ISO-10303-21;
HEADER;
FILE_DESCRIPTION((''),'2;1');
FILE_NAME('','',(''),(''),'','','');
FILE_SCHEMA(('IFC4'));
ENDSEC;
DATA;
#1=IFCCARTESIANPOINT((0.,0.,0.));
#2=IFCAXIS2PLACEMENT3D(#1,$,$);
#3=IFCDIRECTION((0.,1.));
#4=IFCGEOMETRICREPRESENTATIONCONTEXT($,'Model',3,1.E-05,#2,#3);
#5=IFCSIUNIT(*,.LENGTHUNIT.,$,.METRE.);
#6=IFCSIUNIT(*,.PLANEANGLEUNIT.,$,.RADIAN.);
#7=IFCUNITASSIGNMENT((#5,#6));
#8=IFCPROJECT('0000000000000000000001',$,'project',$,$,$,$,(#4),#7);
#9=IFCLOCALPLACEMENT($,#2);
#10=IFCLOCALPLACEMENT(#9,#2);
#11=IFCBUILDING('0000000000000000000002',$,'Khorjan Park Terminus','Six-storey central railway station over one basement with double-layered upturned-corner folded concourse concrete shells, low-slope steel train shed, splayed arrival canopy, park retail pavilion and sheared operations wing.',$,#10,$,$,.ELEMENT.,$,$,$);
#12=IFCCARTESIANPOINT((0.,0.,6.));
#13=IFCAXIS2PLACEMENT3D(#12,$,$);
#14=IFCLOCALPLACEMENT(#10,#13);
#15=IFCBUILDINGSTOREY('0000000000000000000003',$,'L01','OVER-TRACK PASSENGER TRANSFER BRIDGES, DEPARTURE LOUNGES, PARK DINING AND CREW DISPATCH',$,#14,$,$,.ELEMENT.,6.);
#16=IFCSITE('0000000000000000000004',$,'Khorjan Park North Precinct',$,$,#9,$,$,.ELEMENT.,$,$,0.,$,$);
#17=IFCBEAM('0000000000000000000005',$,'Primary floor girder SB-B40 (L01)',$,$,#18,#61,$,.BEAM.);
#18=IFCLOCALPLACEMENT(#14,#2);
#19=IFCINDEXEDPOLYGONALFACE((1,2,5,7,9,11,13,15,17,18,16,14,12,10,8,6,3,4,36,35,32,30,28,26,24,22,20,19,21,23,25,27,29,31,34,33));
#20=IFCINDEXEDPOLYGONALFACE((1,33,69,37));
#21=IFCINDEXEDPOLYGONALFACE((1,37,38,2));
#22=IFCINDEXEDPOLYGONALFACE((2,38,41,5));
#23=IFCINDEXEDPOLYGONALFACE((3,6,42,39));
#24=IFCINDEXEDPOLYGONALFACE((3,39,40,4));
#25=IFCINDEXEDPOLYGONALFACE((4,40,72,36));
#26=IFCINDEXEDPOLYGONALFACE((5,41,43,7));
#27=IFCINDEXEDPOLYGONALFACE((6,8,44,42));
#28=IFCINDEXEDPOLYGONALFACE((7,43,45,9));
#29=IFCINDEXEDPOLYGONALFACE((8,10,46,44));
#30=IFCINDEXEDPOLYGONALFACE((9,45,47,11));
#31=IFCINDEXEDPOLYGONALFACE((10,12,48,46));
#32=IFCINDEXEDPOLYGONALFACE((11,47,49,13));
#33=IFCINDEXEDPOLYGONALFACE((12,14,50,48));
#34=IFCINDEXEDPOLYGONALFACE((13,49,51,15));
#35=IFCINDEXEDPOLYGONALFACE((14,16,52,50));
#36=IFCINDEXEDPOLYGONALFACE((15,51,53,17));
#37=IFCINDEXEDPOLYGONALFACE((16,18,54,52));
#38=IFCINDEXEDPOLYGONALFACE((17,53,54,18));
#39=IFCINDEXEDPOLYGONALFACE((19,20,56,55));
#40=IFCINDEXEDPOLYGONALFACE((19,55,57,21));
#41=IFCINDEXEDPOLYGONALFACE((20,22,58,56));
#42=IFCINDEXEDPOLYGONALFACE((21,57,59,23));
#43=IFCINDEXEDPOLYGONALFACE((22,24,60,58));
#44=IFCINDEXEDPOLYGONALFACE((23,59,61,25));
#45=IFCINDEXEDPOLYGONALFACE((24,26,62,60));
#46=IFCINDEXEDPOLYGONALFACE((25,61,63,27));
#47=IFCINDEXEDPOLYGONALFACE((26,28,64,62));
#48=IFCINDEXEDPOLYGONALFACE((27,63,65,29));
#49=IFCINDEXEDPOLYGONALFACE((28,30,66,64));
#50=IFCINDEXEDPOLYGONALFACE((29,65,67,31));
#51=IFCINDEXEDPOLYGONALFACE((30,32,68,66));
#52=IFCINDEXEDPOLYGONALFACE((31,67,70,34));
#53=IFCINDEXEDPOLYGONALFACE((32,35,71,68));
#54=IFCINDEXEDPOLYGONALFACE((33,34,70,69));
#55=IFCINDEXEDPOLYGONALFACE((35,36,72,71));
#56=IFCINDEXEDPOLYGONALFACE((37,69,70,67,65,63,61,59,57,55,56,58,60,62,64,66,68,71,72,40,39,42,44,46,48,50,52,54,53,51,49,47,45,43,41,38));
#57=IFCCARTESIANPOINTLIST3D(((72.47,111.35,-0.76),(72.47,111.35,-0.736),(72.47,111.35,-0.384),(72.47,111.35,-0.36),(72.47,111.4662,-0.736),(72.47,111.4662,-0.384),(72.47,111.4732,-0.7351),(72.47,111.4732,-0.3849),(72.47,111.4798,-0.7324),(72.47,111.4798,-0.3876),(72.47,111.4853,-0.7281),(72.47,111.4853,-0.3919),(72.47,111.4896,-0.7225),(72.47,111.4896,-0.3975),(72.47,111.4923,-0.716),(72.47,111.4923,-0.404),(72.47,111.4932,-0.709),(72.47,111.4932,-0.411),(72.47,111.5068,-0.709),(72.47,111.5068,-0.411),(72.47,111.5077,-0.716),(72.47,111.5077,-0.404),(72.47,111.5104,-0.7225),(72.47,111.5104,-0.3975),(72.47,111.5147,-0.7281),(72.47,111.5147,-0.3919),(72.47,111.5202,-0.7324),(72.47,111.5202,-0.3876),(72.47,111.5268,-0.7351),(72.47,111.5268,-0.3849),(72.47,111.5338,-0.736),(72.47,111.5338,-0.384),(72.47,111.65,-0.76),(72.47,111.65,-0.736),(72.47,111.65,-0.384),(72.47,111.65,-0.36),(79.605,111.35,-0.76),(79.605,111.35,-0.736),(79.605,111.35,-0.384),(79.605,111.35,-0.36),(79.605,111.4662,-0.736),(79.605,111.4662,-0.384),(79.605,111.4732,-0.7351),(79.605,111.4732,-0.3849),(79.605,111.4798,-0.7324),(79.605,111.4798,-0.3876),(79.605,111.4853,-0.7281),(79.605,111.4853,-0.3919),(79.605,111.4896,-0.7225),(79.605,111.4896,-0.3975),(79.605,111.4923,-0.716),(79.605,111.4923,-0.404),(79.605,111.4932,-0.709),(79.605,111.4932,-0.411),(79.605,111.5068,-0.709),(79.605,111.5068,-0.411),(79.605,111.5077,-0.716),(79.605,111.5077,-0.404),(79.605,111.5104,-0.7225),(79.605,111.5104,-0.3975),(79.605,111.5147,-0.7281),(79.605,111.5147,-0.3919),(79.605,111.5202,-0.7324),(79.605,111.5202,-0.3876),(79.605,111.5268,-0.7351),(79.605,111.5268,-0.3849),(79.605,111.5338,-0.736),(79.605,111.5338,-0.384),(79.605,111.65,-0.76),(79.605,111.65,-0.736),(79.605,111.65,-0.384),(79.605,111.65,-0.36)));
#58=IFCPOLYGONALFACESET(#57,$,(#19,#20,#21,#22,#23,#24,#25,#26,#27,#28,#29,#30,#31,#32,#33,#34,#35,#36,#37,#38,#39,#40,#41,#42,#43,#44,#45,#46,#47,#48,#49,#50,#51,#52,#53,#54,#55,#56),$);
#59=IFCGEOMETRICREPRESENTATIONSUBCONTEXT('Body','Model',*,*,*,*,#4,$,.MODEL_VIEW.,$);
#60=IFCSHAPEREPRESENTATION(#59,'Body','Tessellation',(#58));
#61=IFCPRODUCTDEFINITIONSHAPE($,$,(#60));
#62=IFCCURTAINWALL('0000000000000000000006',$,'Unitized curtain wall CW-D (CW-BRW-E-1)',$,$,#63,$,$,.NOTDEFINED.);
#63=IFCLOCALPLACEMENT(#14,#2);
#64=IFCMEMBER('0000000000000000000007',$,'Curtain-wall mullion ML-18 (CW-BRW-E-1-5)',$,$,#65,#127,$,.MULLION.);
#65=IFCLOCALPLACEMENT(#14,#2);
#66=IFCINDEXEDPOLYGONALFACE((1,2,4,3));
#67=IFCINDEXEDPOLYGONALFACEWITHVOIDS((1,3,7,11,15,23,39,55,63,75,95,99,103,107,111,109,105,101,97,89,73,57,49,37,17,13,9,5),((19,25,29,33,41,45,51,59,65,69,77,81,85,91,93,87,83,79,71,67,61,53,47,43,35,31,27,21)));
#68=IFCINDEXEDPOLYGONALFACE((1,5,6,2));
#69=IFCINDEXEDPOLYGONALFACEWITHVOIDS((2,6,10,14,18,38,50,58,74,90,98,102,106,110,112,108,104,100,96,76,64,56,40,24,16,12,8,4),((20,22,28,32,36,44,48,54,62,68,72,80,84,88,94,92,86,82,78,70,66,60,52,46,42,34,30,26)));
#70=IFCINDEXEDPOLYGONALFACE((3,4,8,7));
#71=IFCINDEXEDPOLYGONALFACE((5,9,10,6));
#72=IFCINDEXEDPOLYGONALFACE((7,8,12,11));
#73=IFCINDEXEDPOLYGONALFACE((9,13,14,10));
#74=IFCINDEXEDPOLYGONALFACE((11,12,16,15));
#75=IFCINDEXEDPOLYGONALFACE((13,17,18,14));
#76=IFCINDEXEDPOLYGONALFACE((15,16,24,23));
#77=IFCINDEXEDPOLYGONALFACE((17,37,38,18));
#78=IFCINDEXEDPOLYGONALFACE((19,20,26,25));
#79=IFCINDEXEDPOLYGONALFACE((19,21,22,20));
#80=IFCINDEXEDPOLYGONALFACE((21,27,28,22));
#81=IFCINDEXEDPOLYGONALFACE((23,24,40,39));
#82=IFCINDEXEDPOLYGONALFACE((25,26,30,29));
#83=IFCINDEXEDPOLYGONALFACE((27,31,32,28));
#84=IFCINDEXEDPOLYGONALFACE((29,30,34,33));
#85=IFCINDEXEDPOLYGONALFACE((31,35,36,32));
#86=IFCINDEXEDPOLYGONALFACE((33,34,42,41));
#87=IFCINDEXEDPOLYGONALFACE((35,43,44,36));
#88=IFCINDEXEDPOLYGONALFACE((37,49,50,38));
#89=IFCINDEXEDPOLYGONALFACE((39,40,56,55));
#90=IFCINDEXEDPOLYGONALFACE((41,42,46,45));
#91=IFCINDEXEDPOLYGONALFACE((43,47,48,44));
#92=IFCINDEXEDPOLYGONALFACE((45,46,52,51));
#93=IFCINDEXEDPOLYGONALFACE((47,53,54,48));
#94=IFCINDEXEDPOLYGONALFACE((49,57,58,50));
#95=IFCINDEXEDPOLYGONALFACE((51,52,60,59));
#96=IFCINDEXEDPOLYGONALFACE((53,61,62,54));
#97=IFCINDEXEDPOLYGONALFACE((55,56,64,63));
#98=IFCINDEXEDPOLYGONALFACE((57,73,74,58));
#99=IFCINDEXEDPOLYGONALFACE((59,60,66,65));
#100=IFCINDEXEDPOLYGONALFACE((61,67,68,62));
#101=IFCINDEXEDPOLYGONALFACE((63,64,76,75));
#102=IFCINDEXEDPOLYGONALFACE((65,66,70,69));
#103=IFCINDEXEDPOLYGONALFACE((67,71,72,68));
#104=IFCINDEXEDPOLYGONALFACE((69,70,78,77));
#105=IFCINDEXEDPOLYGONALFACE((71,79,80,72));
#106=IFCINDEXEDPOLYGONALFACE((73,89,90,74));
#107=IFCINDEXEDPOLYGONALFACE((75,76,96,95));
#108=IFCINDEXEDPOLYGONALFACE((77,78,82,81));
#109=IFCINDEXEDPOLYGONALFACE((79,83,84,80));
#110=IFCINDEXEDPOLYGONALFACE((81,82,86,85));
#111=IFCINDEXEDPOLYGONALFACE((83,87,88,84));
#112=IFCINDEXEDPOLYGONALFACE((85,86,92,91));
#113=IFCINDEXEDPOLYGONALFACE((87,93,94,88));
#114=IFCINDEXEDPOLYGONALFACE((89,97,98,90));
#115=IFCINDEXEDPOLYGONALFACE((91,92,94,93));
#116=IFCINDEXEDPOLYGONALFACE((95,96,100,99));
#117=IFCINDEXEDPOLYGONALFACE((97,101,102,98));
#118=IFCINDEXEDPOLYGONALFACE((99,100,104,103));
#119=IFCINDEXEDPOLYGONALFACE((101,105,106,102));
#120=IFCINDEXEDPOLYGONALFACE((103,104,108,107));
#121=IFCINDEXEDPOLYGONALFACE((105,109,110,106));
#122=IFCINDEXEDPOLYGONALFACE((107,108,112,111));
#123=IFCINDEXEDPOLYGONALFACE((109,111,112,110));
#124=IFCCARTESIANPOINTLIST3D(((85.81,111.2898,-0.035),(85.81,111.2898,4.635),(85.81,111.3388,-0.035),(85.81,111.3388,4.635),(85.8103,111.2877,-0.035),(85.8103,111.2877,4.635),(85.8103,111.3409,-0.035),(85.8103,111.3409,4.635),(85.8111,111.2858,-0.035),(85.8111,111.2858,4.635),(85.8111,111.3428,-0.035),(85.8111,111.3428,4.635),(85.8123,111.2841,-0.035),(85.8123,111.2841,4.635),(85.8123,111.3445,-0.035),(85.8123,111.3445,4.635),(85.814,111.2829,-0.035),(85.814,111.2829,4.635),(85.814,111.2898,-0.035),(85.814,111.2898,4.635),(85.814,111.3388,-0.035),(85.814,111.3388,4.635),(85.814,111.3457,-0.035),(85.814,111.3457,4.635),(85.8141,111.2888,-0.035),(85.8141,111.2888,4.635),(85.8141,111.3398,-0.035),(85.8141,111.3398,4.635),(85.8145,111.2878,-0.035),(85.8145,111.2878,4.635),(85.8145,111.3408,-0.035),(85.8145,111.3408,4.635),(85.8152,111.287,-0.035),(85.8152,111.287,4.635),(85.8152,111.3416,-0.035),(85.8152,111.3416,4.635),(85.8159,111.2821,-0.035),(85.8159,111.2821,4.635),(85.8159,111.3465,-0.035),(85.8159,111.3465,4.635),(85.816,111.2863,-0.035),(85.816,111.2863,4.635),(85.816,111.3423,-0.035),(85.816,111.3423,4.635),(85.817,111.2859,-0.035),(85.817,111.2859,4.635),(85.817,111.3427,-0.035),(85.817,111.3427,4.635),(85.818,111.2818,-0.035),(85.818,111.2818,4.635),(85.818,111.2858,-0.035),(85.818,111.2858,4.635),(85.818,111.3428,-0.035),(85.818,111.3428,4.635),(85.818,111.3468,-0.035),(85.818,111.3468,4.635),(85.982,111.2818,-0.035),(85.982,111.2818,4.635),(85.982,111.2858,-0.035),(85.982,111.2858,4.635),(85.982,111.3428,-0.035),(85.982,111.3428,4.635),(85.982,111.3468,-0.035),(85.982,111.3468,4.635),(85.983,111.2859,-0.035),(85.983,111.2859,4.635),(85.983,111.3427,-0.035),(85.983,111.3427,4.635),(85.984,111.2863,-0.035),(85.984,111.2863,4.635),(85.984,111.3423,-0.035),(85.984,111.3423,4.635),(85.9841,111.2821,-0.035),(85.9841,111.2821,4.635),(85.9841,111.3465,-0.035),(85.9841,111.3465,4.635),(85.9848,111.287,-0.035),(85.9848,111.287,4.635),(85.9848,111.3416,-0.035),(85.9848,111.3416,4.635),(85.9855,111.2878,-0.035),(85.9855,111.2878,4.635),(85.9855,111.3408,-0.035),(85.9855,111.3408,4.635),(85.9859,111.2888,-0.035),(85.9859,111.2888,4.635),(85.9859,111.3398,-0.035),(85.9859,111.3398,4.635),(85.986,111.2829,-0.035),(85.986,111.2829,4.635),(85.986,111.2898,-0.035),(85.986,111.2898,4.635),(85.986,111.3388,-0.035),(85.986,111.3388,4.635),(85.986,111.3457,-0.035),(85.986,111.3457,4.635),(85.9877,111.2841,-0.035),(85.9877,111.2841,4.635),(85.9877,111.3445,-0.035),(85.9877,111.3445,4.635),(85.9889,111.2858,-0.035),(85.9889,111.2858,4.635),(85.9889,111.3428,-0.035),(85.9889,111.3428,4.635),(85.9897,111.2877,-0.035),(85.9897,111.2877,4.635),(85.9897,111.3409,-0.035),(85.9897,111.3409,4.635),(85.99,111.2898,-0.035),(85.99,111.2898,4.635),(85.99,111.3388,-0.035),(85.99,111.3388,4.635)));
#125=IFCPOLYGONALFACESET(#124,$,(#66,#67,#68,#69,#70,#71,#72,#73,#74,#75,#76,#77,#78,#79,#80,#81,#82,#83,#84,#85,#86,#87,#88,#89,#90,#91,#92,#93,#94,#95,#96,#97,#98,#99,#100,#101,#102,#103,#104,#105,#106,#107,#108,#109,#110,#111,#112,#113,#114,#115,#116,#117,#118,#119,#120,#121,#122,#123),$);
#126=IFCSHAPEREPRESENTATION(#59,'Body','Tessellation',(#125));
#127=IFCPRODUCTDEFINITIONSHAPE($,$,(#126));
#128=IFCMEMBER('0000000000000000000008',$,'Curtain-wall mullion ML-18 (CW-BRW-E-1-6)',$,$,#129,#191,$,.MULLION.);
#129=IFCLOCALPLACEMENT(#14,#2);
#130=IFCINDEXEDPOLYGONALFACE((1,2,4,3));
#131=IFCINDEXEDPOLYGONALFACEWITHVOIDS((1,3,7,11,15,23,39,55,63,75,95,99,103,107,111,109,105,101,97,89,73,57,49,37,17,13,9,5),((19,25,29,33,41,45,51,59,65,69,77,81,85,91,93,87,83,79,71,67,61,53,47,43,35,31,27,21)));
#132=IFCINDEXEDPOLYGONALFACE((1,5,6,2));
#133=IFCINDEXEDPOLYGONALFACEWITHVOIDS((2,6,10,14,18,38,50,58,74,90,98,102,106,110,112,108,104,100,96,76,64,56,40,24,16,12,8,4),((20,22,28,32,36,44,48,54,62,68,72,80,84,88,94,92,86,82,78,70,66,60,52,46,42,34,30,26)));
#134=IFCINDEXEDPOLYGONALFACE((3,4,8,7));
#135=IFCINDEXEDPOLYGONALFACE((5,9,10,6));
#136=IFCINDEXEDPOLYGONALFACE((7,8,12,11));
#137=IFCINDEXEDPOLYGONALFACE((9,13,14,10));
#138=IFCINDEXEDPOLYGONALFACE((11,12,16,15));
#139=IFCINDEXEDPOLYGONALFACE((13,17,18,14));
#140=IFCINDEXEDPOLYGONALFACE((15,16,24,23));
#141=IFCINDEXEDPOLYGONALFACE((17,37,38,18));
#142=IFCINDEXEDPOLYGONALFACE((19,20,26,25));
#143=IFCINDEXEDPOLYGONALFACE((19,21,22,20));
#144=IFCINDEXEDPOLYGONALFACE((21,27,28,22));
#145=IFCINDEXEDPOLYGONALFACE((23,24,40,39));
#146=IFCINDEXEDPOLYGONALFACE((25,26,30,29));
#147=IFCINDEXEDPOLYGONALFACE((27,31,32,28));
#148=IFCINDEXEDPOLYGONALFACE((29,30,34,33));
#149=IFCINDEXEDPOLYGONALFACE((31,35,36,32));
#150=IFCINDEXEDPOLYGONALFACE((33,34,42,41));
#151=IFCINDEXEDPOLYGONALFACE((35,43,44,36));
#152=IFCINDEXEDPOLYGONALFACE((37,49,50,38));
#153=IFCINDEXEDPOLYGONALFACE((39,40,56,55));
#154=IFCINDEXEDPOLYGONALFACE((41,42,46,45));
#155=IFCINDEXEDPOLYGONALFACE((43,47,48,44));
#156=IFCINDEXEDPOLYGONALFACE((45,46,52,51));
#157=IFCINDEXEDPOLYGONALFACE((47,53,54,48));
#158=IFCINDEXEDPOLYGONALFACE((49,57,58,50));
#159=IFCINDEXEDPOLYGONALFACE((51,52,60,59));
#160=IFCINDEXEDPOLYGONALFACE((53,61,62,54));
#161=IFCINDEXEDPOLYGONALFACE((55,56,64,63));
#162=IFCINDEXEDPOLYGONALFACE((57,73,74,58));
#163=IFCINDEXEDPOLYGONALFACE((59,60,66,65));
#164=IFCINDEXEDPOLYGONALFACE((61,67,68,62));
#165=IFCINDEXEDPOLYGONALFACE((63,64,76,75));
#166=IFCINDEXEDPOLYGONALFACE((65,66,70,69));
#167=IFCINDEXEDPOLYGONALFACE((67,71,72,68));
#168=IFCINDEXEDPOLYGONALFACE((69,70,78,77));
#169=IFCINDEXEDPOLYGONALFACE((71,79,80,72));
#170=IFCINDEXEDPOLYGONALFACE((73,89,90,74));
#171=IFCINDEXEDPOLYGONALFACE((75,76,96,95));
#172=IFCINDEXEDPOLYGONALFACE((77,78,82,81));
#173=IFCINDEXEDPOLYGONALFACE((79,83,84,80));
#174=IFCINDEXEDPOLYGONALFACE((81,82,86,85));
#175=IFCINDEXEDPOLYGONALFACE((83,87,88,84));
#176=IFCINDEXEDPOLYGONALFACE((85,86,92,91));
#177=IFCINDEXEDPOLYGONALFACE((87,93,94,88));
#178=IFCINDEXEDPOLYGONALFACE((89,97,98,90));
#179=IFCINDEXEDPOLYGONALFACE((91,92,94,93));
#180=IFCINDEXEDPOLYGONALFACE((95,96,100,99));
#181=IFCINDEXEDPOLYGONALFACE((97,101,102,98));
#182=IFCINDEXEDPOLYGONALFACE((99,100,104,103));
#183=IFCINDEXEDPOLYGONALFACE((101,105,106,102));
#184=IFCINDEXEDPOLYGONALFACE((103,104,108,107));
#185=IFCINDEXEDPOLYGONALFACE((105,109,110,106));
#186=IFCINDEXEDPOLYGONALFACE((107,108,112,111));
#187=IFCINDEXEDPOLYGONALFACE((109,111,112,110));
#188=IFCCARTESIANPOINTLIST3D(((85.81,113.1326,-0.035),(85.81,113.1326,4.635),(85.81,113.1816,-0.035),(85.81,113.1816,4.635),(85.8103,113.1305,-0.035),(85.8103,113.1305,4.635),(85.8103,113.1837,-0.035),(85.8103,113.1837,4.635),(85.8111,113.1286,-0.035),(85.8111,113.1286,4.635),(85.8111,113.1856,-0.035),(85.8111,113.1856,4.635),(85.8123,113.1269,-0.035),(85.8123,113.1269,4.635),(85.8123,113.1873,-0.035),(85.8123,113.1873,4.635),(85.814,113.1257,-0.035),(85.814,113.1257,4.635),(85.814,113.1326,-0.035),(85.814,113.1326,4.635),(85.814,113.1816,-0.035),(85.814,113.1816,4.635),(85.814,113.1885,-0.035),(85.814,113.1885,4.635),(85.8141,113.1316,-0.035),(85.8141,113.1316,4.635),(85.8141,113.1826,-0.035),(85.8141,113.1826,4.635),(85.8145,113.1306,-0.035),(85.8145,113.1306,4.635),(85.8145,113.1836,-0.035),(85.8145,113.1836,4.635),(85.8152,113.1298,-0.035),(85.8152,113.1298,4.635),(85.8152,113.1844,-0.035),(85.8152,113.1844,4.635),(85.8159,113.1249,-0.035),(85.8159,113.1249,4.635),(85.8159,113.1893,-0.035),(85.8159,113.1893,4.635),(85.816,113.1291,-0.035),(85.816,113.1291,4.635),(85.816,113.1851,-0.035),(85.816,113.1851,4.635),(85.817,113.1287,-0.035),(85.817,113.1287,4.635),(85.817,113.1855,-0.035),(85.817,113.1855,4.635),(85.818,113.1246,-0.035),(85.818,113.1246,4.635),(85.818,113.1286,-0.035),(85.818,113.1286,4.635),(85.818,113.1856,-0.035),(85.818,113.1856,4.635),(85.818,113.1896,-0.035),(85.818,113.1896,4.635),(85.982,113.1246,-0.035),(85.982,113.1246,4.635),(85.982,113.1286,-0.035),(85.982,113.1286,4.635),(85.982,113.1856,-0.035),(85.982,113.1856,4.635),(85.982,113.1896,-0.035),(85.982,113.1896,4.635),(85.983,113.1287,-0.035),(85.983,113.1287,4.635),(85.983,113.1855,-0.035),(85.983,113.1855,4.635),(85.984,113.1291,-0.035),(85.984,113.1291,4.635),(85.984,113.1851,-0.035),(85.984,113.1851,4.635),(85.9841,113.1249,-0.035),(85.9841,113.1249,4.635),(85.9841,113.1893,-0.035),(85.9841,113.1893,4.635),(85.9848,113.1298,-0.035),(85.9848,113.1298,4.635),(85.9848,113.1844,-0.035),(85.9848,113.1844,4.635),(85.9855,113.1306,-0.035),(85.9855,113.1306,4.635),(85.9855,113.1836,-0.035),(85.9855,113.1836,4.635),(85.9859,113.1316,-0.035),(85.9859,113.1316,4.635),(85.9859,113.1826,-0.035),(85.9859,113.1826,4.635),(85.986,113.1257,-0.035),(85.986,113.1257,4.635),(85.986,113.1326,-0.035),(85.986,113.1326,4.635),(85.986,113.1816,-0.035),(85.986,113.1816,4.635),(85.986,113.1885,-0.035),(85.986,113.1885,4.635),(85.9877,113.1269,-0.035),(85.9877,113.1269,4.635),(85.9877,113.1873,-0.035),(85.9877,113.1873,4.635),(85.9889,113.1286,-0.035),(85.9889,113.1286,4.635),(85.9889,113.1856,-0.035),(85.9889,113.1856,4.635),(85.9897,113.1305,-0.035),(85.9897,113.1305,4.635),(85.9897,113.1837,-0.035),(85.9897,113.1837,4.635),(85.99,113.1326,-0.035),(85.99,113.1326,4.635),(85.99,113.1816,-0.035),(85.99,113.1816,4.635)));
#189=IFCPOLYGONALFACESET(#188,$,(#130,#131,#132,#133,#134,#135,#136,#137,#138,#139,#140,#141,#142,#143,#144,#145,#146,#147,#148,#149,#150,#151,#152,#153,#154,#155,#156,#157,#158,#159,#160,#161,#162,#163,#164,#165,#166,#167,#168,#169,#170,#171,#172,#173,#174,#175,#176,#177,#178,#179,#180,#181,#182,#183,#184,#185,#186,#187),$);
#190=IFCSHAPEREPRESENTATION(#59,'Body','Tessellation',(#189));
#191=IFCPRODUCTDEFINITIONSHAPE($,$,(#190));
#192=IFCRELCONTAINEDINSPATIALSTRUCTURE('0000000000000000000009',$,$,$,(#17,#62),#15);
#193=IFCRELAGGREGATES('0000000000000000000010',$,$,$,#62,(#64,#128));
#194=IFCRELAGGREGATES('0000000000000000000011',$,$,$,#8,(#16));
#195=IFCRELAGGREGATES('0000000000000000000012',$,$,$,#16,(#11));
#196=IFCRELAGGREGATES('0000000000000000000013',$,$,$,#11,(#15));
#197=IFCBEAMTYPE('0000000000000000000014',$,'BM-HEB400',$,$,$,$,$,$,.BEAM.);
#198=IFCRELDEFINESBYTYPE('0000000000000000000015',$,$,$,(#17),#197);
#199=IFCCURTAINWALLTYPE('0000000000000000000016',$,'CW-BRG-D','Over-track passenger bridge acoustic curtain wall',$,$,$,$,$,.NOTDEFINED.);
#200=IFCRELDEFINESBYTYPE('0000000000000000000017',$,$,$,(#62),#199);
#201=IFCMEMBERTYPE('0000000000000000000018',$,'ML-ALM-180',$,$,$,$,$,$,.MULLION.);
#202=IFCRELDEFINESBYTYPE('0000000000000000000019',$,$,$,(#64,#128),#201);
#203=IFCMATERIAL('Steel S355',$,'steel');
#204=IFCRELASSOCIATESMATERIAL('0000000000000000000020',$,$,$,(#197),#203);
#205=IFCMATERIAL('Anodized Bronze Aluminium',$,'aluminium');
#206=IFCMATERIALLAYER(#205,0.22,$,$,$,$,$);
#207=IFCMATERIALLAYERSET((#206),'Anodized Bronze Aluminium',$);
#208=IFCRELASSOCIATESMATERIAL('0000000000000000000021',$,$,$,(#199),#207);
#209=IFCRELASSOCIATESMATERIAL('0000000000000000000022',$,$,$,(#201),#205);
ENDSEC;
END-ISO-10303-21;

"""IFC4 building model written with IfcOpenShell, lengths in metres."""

from ifc_helpers import new_model, si_unit, direction, frame, origin, origin_2d, place, context, subcontext, project, spatial, hollow_rectangle, i_section, extrude, material, layer, layer_set, material_profile, profile_set, type_object, element, aggregate, save


model = new_model("IFC4")

# Units and contexts
model_context = context("Model", 3, precision=1e-05, world=origin(), true_north=direction((0.0, 1.0)))
body_context = subcontext(model_context, "Body", "Model", "MODEL_VIEW")
ifc_project = project(units=[si_unit("LENGTHUNIT", "METRE"), si_unit("PLANEANGLEUNIT", "RADIAN")], contexts=[model_context])

# Site, building, storey
site_placement = place(None, origin())
site = spatial("IfcSite", under=ifc_project, at=site_placement, Name="Khorjan Park North Precinct", CompositionType="ELEMENT", RefElevation=0.0)
building_placement = place(site_placement, origin())
building = spatial("IfcBuilding", under=site, at=building_placement, Name="Khorjan Park Terminus", Description="Six-storey central railway station over one basement with double-layered upturned-corner folded concourse concrete shells, low-slope steel train shed, splayed arrival canopy, park retail pavilion and sheared operations wing.", CompositionType="ELEMENT")
storey_placement = place(building_placement, frame((0.0, 0.0, 6.0)))
storey = spatial("IfcBuildingStorey", under=building, at=storey_placement, Name="L01", Description="OVER-TRACK PASSENGER TRANSFER BRIDGES, DEPARTURE LOUNGES, PARK DINING AND CREW DISPATCH", CompositionType="ELEMENT", Elevation=6.0)

# Beam
ifc_material_1 = material(Name="Steel S355", Category="steel")
ifc_material_profile_1 = material_profile(ifc_material_1, i_section(OverallWidth=0.3, OverallDepth=0.4, WebThickness=0.0135, FlangeThickness=0.024, FilletRadius=0.027, at=origin_2d()), Name="HEB 400")
ifc_profile_set_1 = profile_set([ifc_material_profile_1], Name="Steel S355")
beam_type = type_object("IfcBeamType", Name="BM-HEB400", PredefinedType="BEAM", material=ifc_profile_set_1)
beam_placement = place(storey_placement, frame((72.47, 111.5, -0.56), z_axis=(1.0, 0.0, 0.0), x_axis=(0.0, 1.0, 0.0)))
element("IfcBeam", 1, at=beam_placement, inside=storey, type_object=beam_type, Name="Primary floor girder SB-B40 (L01)", PredefinedType="BEAM", context=body_context, shape_type="SweptSolid", body=[
    extrude(i_section(OverallWidth=0.3, OverallDepth=0.4, WebThickness=0.0135, FlangeThickness=0.024, FilletRadius=0.027, at=origin_2d()), origin(), (0.0, 0.0, 1.0), 7.135),
])

# Curtain wall, members
ifc_material_2 = material(Name="Anodized Bronze Aluminium", Category="aluminium")
ifc_layer_1 = layer(ifc_material_2, 0.22)
ifc_layer_set_1 = layer_set([ifc_layer_1], Name="Anodized Bronze Aluminium")
curtain_wall_type = type_object("IfcCurtainWallType", Name="CW-BRG-D", Description="Over-track passenger bridge acoustic curtain wall", PredefinedType="NOTDEFINED", material=ifc_layer_set_1)
curtain_wall_1_placement = place(storey_placement, origin())
curtain_wall_1 = element("IfcCurtainWall", 2, at=curtain_wall_1_placement, inside=storey, type_object=curtain_wall_type, Name="Unitized curtain wall CW-D (CW-BRW-E-1)", PredefinedType="NOTDEFINED")
ifc_material_profile_2 = material_profile(ifc_material_2, hollow_rectangle(XDim=0.065, YDim=0.18, WallThickness=0.004, InnerFilletRadius=0.004, OuterFilletRadius=0.008, at=origin_2d()), Name="ALM 65x180x4")
ifc_profile_set_2 = profile_set([ifc_material_profile_2], Name="Anodized Bronze Aluminium")
member_type_1 = type_object("IfcMemberType", Name="ML-ALM-180", PredefinedType="MULLION", material=ifc_profile_set_2)
member_1_placement = place(storey_placement, frame((85.9, 111.3143, -0.035), z_axis=(0.0, 0.0, 1.0), x_axis=(0.0, 1.0, 0.0)))
member_1 = element("IfcMember", 3, at=member_1_placement, type_object=member_type_1, Name="Curtain-wall mullion ML-18 (CW-BRW-E-1-5)", PredefinedType="MULLION", context=body_context, shape_type="SweptSolid", body=[
    extrude(hollow_rectangle(XDim=0.065, YDim=0.18, WallThickness=0.004, InnerFilletRadius=0.004, OuterFilletRadius=0.008, at=origin_2d()), origin(), (0.0, 0.0, 1.0), 4.67),
])
member_2_placement = place(storey_placement, frame((85.9, 113.1571, -0.035), z_axis=(0.0, 0.0, 1.0), x_axis=(0.0, 1.0, 0.0)))
member_2 = element("IfcMember", 4, at=member_2_placement, type_object=member_type_1, Name="Curtain-wall mullion ML-18 (CW-BRW-E-1-6)", PredefinedType="MULLION", context=body_context, shape_type="SweptSolid", body=[
    extrude(hollow_rectangle(XDim=0.065, YDim=0.18, WallThickness=0.004, InnerFilletRadius=0.004, OuterFilletRadius=0.008, at=origin_2d()), origin(), (0.0, 0.0, 1.0), 4.67),
])

aggregate(curtain_wall_1, [member_1, member_2])

save(model, "model.ifc")
